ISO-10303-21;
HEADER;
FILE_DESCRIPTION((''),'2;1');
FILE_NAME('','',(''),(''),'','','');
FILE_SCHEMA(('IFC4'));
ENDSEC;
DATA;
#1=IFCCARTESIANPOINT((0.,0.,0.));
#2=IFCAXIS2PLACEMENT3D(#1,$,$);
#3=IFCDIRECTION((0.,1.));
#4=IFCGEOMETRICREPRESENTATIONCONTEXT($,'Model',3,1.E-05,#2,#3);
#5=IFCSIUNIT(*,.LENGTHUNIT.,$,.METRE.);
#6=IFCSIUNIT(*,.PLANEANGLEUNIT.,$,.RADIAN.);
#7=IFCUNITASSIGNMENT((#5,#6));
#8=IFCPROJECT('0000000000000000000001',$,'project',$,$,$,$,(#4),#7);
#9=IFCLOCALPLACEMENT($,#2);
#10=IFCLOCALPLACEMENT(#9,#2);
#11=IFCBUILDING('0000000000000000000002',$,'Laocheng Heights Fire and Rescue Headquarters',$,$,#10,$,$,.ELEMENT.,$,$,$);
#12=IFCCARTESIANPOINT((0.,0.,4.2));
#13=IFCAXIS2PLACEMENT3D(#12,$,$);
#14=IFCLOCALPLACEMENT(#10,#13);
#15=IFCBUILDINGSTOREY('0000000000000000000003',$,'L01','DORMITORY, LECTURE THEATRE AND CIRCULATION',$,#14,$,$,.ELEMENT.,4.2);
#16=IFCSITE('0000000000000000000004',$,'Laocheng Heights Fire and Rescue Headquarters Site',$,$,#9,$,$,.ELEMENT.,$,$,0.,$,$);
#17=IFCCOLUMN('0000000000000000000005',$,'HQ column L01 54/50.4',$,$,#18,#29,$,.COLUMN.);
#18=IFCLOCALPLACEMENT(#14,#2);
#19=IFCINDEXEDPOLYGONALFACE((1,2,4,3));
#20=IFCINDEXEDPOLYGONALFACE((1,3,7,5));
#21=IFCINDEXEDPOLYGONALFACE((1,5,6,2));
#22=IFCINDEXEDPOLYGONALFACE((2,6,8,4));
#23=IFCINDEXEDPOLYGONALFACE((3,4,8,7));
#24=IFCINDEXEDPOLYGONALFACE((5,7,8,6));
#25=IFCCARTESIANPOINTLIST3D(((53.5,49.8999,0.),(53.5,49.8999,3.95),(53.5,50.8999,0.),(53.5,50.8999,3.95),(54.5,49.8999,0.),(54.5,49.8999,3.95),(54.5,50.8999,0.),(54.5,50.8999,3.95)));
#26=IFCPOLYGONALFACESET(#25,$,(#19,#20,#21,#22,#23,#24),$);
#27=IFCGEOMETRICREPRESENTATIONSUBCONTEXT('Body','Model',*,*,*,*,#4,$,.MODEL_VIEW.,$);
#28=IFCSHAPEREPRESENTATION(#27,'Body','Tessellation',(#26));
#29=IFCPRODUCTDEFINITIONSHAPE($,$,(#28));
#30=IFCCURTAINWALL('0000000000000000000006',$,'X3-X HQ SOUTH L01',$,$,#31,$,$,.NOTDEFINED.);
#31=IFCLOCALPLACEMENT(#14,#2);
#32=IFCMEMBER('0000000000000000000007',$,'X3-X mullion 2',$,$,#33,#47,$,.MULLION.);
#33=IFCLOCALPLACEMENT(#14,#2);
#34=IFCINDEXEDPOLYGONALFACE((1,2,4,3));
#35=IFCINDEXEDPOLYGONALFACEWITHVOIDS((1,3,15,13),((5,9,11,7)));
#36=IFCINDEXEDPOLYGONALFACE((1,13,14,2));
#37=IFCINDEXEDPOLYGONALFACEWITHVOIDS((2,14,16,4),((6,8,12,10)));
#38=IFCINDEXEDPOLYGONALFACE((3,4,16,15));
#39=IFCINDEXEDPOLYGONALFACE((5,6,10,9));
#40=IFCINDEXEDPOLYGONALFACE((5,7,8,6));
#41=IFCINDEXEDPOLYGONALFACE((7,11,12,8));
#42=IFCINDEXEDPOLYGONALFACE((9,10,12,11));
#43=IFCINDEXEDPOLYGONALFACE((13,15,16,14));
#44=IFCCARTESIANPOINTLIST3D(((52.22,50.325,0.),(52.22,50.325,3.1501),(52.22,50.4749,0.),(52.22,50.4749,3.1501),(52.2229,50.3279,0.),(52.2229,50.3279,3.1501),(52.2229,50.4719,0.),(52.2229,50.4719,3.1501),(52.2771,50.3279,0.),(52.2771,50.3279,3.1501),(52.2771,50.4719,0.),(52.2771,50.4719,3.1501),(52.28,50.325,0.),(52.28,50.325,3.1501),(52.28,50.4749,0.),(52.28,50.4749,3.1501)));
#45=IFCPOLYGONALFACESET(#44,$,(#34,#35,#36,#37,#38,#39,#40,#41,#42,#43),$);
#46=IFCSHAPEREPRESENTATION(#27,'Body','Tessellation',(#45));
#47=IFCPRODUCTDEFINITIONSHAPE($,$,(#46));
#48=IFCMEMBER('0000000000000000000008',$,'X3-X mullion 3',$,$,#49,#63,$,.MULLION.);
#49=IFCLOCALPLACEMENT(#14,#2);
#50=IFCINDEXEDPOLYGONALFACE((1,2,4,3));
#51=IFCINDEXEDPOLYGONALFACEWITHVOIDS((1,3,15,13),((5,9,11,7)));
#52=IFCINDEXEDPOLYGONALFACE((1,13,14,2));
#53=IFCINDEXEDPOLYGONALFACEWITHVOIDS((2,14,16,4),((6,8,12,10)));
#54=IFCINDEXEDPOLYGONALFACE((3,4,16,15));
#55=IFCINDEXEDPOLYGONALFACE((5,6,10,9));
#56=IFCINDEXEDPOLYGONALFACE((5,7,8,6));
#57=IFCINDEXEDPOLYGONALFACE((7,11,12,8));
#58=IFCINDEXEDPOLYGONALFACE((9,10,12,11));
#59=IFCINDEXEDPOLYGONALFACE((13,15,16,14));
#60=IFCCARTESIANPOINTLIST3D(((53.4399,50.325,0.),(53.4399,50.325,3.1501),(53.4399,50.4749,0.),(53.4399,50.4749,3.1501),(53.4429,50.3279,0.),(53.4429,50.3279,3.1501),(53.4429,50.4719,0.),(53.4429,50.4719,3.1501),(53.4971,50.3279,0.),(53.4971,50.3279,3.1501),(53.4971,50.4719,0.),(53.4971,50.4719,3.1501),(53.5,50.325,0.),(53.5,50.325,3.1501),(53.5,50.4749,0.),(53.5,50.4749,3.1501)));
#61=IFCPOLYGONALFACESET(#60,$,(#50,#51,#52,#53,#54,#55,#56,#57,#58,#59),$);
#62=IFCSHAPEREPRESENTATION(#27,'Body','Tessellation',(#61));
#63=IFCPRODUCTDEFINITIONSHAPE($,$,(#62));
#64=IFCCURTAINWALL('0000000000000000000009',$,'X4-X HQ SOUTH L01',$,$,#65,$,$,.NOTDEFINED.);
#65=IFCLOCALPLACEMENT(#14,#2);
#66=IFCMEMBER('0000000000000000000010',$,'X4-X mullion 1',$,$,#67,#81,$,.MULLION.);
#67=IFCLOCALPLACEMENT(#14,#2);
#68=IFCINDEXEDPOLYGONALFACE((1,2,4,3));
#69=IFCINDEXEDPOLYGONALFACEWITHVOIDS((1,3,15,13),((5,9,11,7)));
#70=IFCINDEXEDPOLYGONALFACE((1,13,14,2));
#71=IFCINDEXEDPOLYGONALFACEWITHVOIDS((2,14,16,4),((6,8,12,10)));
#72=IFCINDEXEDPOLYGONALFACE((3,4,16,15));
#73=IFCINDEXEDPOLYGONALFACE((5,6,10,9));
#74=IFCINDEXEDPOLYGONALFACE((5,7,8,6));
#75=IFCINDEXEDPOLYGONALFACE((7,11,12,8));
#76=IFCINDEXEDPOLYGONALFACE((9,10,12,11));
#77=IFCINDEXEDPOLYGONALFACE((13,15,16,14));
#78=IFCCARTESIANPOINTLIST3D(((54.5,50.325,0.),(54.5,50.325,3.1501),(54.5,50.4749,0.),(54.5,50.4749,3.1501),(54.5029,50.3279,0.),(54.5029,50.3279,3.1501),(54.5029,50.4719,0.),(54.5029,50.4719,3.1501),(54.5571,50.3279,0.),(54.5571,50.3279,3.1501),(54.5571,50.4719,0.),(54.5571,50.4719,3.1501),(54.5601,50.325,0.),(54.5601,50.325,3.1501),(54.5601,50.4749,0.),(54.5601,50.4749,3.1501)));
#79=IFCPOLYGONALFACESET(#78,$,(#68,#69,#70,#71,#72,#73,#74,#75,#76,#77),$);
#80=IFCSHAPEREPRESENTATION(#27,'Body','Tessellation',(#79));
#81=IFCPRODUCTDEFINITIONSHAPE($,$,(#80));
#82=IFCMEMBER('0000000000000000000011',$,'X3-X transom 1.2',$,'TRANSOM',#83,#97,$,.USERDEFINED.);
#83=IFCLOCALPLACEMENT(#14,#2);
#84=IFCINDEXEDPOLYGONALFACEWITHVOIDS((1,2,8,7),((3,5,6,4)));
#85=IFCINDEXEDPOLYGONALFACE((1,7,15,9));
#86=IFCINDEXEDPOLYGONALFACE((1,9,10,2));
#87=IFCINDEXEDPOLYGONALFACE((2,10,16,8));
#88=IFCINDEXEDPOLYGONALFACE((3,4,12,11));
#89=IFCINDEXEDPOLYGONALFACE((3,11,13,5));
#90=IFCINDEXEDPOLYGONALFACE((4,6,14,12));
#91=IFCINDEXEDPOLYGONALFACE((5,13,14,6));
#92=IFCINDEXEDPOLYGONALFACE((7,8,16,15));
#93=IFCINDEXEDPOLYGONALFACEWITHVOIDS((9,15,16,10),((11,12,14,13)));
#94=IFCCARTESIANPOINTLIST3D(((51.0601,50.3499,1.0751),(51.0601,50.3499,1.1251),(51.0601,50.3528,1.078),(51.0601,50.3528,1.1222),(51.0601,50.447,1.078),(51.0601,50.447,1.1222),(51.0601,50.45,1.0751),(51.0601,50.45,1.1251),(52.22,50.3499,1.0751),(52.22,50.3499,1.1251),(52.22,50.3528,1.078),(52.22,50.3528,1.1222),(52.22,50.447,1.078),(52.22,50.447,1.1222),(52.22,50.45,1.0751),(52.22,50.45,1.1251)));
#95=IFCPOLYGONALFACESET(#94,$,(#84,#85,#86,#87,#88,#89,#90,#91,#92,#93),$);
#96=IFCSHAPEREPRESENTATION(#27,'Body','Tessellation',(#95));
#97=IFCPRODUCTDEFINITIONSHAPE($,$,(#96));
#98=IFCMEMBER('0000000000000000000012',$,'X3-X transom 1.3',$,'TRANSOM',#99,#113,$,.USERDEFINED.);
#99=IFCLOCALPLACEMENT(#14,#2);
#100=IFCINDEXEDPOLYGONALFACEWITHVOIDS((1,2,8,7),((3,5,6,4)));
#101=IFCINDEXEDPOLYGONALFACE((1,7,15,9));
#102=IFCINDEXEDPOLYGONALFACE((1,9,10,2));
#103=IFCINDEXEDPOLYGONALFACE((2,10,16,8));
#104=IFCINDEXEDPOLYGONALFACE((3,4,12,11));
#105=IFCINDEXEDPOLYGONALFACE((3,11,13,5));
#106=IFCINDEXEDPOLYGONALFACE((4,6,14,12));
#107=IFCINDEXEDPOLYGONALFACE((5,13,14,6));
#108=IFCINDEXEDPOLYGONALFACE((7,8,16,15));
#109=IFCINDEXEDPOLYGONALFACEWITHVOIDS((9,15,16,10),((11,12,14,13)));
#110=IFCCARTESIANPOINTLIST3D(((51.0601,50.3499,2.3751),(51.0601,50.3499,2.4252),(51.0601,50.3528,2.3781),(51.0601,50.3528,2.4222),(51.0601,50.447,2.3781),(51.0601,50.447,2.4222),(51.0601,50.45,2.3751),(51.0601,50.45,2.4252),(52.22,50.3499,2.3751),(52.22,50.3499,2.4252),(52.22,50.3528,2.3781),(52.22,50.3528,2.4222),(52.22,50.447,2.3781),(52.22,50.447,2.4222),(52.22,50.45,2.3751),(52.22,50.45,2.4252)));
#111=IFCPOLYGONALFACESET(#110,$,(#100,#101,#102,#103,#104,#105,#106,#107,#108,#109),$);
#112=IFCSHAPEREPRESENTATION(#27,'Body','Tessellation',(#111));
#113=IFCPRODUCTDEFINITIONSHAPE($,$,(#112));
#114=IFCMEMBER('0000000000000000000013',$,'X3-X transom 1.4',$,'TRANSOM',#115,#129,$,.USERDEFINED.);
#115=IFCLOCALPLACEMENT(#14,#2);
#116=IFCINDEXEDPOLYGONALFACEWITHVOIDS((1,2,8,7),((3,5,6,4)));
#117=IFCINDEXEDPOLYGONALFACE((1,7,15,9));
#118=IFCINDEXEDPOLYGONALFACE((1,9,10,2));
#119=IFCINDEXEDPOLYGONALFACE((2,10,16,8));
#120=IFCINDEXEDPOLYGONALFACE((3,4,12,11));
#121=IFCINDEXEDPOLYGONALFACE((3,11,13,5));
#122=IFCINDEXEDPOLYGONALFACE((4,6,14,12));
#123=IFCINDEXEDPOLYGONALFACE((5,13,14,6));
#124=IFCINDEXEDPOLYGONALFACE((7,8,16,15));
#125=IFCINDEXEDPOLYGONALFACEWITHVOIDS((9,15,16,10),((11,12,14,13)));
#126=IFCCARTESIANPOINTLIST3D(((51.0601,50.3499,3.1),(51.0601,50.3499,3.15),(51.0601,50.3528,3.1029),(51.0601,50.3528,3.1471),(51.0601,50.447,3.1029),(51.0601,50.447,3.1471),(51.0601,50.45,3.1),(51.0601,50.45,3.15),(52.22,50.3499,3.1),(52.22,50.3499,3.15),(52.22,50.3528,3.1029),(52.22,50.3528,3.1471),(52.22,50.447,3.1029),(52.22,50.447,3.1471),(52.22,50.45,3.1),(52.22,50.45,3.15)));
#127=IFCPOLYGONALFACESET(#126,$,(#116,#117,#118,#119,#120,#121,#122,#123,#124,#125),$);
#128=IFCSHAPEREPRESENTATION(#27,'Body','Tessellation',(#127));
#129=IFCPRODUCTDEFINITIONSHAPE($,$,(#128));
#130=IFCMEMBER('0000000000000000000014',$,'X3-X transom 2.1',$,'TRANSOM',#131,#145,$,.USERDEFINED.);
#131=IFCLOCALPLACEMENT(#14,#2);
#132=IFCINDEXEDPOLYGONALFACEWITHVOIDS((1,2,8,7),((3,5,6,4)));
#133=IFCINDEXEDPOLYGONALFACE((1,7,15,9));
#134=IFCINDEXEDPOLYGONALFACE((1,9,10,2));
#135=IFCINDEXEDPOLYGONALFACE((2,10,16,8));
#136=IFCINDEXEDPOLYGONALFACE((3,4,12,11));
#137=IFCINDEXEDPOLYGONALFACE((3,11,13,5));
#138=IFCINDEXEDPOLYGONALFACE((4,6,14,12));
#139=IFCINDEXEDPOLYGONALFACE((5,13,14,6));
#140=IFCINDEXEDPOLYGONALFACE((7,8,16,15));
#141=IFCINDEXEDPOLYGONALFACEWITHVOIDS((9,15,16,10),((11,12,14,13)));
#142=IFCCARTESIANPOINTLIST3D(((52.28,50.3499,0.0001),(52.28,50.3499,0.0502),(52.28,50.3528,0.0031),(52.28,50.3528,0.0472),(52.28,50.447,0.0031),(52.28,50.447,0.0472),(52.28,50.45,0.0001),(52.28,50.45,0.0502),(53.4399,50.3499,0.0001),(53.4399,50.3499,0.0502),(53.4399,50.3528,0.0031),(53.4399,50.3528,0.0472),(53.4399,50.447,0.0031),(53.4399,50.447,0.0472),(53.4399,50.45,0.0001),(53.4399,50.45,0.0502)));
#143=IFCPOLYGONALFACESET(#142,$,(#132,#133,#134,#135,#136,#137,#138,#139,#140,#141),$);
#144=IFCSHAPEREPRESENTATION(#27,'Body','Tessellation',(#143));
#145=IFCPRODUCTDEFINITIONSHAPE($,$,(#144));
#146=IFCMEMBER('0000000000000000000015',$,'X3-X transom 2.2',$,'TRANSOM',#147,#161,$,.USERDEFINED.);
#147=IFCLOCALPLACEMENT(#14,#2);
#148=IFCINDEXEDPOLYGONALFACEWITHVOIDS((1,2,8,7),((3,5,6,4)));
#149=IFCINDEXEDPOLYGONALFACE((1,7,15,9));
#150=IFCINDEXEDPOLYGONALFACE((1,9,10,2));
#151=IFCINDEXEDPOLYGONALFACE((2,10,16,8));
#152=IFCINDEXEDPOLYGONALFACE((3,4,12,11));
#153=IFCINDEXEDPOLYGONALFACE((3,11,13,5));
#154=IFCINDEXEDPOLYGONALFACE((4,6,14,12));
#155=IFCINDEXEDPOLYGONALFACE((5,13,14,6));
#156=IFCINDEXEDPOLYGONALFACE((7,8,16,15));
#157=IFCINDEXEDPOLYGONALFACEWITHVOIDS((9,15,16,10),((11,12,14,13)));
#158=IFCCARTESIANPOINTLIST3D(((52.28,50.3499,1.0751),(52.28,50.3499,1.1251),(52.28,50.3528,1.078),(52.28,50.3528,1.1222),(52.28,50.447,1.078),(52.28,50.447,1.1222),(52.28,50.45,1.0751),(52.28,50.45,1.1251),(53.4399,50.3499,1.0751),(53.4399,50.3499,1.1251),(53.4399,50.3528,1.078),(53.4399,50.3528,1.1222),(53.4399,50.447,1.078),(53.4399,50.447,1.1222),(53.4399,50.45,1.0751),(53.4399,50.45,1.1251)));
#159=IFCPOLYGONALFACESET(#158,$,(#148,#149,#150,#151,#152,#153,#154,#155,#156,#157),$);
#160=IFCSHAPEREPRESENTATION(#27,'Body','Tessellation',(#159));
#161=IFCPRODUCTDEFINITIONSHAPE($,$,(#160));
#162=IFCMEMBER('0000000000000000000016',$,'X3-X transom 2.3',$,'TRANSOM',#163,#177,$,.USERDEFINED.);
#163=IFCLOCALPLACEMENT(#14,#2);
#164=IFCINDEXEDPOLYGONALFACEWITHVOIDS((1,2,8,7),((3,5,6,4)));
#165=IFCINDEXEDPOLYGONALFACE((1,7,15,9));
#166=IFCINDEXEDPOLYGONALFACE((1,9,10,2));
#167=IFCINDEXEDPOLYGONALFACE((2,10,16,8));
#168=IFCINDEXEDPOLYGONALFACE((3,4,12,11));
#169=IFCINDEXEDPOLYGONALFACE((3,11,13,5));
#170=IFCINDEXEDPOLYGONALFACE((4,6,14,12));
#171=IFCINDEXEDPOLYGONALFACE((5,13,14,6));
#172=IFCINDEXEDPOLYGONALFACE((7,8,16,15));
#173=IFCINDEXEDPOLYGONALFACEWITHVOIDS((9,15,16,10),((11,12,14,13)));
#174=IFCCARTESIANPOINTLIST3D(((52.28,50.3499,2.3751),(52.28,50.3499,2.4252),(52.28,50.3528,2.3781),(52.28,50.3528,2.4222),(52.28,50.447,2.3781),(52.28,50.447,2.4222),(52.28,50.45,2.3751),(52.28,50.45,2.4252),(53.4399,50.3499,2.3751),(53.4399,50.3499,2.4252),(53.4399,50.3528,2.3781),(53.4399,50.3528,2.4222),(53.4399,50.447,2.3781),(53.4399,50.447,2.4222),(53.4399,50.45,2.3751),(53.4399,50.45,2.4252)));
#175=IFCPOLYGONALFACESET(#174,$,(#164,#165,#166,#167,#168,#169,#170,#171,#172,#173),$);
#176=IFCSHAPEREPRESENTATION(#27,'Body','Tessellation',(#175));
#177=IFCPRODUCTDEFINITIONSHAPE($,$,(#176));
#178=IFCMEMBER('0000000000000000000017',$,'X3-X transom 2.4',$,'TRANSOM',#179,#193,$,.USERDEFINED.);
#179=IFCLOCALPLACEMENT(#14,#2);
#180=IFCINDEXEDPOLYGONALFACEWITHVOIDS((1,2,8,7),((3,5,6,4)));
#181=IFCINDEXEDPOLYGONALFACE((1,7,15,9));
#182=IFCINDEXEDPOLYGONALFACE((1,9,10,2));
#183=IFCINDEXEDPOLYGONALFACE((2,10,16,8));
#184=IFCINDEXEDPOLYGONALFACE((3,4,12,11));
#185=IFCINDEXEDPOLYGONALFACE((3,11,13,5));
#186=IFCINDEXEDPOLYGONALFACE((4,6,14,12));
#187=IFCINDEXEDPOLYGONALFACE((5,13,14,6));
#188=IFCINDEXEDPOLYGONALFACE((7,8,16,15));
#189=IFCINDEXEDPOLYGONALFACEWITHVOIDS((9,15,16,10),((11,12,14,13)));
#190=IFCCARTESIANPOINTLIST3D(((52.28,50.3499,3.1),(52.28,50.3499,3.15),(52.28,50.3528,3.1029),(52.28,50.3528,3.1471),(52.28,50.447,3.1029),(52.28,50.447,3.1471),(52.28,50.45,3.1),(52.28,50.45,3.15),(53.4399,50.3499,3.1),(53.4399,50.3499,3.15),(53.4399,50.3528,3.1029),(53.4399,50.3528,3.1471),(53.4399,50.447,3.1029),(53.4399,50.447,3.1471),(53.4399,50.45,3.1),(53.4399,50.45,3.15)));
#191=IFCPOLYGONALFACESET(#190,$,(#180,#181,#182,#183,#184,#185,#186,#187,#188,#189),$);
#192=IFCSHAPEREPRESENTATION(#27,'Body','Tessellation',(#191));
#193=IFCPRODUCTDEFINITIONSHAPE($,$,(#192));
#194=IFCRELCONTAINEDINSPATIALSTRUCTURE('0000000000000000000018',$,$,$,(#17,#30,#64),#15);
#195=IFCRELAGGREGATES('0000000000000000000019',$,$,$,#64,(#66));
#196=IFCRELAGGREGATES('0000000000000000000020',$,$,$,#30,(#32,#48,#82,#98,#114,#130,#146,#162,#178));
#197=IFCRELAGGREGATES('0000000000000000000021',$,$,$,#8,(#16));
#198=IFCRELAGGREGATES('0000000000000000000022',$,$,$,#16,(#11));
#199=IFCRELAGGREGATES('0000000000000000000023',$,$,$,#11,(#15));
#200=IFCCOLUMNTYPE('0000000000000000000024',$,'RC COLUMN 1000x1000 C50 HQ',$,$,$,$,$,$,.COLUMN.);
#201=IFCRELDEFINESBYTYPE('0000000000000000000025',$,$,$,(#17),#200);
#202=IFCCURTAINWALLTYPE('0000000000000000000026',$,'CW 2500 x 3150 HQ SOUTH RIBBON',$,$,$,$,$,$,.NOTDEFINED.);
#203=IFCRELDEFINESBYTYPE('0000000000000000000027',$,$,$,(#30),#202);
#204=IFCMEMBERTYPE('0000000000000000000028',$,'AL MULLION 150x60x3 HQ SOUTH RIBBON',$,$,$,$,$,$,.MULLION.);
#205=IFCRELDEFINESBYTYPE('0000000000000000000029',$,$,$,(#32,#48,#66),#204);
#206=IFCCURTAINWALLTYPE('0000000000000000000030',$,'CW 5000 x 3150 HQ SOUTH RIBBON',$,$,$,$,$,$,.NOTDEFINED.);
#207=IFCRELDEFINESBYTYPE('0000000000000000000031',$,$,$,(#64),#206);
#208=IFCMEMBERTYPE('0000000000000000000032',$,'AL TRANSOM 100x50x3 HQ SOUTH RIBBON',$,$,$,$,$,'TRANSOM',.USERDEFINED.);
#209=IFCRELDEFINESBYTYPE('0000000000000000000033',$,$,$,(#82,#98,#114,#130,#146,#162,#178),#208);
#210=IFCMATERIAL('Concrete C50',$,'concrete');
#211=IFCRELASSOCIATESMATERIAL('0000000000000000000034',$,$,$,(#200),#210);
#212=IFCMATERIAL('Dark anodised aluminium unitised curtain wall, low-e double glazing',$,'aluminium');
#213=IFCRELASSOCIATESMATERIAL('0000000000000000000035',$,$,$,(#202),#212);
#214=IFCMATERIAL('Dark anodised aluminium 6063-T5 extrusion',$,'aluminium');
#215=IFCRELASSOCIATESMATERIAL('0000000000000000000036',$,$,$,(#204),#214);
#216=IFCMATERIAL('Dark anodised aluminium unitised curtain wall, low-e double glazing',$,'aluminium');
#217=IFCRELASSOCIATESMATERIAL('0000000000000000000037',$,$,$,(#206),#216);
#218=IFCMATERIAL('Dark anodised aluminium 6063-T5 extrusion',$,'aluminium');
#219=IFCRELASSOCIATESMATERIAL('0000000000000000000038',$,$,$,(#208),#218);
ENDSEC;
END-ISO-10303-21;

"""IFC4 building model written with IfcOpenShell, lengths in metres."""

from ifc_helpers import new_model, si_unit, direction, frame, origin, origin_2d, place, context, subcontext, project, spatial, rectangle, hollow_rectangle, extrude, material, material_profile, profile_set, type_object, element, aggregate, save


model = new_model("IFC4")

# Units and contexts
model_context = context("Model", 3, precision=1e-05, world=origin(), true_north=direction((0.0, 1.0)))
body_context = subcontext(model_context, "Body", "Model", "MODEL_VIEW")
ifc_project = project(units=[si_unit("LENGTHUNIT", "METRE"), si_unit("PLANEANGLEUNIT", "RADIAN")], contexts=[model_context])

# Site, building, storey
site_placement = place(None, origin())
site = spatial("IfcSite", under=ifc_project, at=site_placement, Name="Laocheng Heights Fire and Rescue Headquarters Site", CompositionType="ELEMENT", RefElevation=0.0)
building_placement = place(site_placement, origin())
building = spatial("IfcBuilding", under=site, at=building_placement, Name="Laocheng Heights Fire and Rescue Headquarters", CompositionType="ELEMENT")
storey_placement = place(building_placement, frame((0.0, 0.0, 4.2)))
storey = spatial("IfcBuildingStorey", under=building, at=storey_placement, Name="L01", Description="DORMITORY, LECTURE THEATRE AND CIRCULATION", CompositionType="ELEMENT", Elevation=4.2)

# Column
ifc_material_1 = material(Name="Concrete C50", Category="concrete")
ifc_material_profile_1 = material_profile(ifc_material_1, rectangle(XDim=1.0, YDim=1.0, at=origin_2d()), Name="RC COLUMN 1000x1000 C50 HQ")
ifc_profile_set_1 = profile_set([ifc_material_profile_1], Name="Concrete C50")
column_type = type_object("IfcColumnType", Name="RC COLUMN 1000x1000 C50 HQ", PredefinedType="COLUMN", material=ifc_profile_set_1)
column_placement = place(storey_placement, frame((54.0, 50.3999, 0.0), z_axis=(0.0, 0.0, 1.0), x_axis=(1.0, 0.0, 0.0)))
element("IfcColumn", 1, at=column_placement, inside=storey, type_object=column_type, Name="HQ column L01 54/50.4", PredefinedType="COLUMN", context=body_context, shape_type="SweptSolid", body=[
    extrude(rectangle(XDim=1.0, YDim=1.0, at=origin_2d()), origin(), (0.0, 0.0, 1.0), 3.95),
])

# Curtain wall, members
ifc_material_2 = material(Name="Dark anodised aluminium unitised curtain wall, low-e double glazing", Category="aluminium")
curtain_wall_type_1 = type_object("IfcCurtainWallType", Name="CW 2500 x 3150 HQ SOUTH RIBBON", PredefinedType="NOTDEFINED", material=ifc_material_2)
curtain_wall_1_placement = place(storey_placement, origin())
curtain_wall_1 = element("IfcCurtainWall", 2, at=curtain_wall_1_placement, inside=storey, type_object=curtain_wall_type_1, Name="X3-X HQ SOUTH L01", PredefinedType="NOTDEFINED")
ifc_material_3 = material(Name="Dark anodised aluminium 6063-T5 extrusion", Category="aluminium")
ifc_material_profile_2 = material_profile(ifc_material_3, hollow_rectangle(XDim=0.1499, YDim=0.0601, WallThickness=0.0029, at=origin_2d()), Name="AL MULLION 150x60x3 HQ SOUTH RIBBON")
ifc_profile_set_2 = profile_set([ifc_material_profile_2], Name="Dark anodised aluminium 6063-T5 extrusion")
member_type_1 = type_object("IfcMemberType", Name="AL MULLION 150x60x3 HQ SOUTH RIBBON", PredefinedType="MULLION", material=ifc_profile_set_2)
member_1_placement = place(storey_placement, frame((52.25, 50.3999, 0.0), z_axis=(0.0, 0.0, 1.0), x_axis=(0.0, 1.0, 0.0)))
member_1 = element("IfcMember", 3, at=member_1_placement, type_object=member_type_1, Name="X3-X mullion 2", PredefinedType="MULLION", context=body_context, shape_type="SweptSolid", body=[
    extrude(hollow_rectangle(XDim=0.1499, YDim=0.0601, WallThickness=0.0029, at=origin_2d()), origin(), (0.0, 0.0, 1.0), 3.1501),
])
member_2_placement = place(storey_placement, frame((53.47, 50.3999, 0.0), z_axis=(0.0, 0.0, 1.0), x_axis=(0.0, 1.0, 0.0)))
member_2 = element("IfcMember", 4, at=member_2_placement, type_object=member_type_1, Name="X3-X mullion 3", PredefinedType="MULLION", context=body_context, shape_type="SweptSolid", body=[
    extrude(hollow_rectangle(XDim=0.1499, YDim=0.0601, WallThickness=0.0029, at=origin_2d()), origin(), (0.0, 0.0, 1.0), 3.1501),
])

# Curtain wall, member
ifc_material_4 = material(Name="Dark anodised aluminium unitised curtain wall, low-e double glazing", Category="aluminium")
curtain_wall_type_2 = type_object("IfcCurtainWallType", Name="CW 5000 x 3150 HQ SOUTH RIBBON", PredefinedType="NOTDEFINED", material=ifc_material_4)
curtain_wall_2_placement = place(storey_placement, origin())
curtain_wall_2 = element("IfcCurtainWall", 5, at=curtain_wall_2_placement, inside=storey, type_object=curtain_wall_type_2, Name="X4-X HQ SOUTH L01", PredefinedType="NOTDEFINED")
member_3_placement = place(storey_placement, frame((54.53, 50.3999, 0.0), z_axis=(0.0, 0.0, 1.0), x_axis=(0.0, 1.0, 0.0)))
member_3 = element("IfcMember", 6, at=member_3_placement, type_object=member_type_1, Name="X4-X mullion 1", PredefinedType="MULLION", context=body_context, shape_type="SweptSolid", body=[
    extrude(hollow_rectangle(XDim=0.1499, YDim=0.0601, WallThickness=0.0029, at=origin_2d()), origin(), (0.0, 0.0, 1.0), 3.1501),
])

# Members
ifc_material_5 = material(Name="Dark anodised aluminium 6063-T5 extrusion", Category="aluminium")
ifc_material_profile_3 = material_profile(ifc_material_5, hollow_rectangle(XDim=0.1001, YDim=0.05, WallThickness=0.0029, at=origin_2d()), Name="AL TRANSOM 100x50x3 HQ SOUTH RIBBON")
ifc_profile_set_3 = profile_set([ifc_material_profile_3], Name="Dark anodised aluminium 6063-T5 extrusion")
member_type_2 = type_object("IfcMemberType", Name="AL TRANSOM 100x50x3 HQ SOUTH RIBBON", ElementType="TRANSOM", PredefinedType="USERDEFINED", material=ifc_profile_set_3)
member_4_placement = place(storey_placement, frame((51.0601, 50.3999, 1.1001), z_axis=(1.0, 0.0, 0.0), x_axis=(0.0, 1.0, 0.0)))
member_4 = element("IfcMember", 7, at=member_4_placement, type_object=member_type_2, Name="X3-X transom 1.2", ObjectType="TRANSOM", PredefinedType="USERDEFINED", context=body_context, shape_type="SweptSolid", body=[
    extrude(hollow_rectangle(XDim=0.1001, YDim=0.05, WallThickness=0.0029, at=origin_2d()), origin(), (0.0, 0.0, 1.0), 1.1599),
])
member_5_placement = place(storey_placement, frame((51.0601, 50.3999, 2.4001), z_axis=(1.0, 0.0, 0.0), x_axis=(0.0, 1.0, 0.0)))
member_5 = element("IfcMember", 8, at=member_5_placement, type_object=member_type_2, Name="X3-X transom 1.3", ObjectType="TRANSOM", PredefinedType="USERDEFINED", context=body_context, shape_type="SweptSolid", body=[
    extrude(hollow_rectangle(XDim=0.1001, YDim=0.05, WallThickness=0.0029, at=origin_2d()), origin(), (0.0, 0.0, 1.0), 1.1599),
])
member_6_placement = place(storey_placement, frame((51.0601, 50.3999, 3.125), z_axis=(1.0, 0.0, 0.0), x_axis=(0.0, 1.0, 0.0)))
member_6 = element("IfcMember", 9, at=member_6_placement, type_object=member_type_2, Name="X3-X transom 1.4", ObjectType="TRANSOM", PredefinedType="USERDEFINED", context=body_context, shape_type="SweptSolid", body=[
    extrude(hollow_rectangle(XDim=0.1001, YDim=0.05, WallThickness=0.0029, at=origin_2d()), origin(), (0.0, 0.0, 1.0), 1.1599),
])
member_7_placement = place(storey_placement, frame((52.28, 50.3999, 0.0251), z_axis=(1.0, 0.0, 0.0), x_axis=(0.0, 1.0, 0.0)))
member_7 = element("IfcMember", 10, at=member_7_placement, type_object=member_type_2, Name="X3-X transom 2.1", ObjectType="TRANSOM", PredefinedType="USERDEFINED", context=body_context, shape_type="SweptSolid", body=[
    extrude(hollow_rectangle(XDim=0.1001, YDim=0.05, WallThickness=0.0029, at=origin_2d()), origin(), (0.0, 0.0, 1.0), 1.1599),
])
member_8_placement = place(storey_placement, frame((52.28, 50.3999, 1.1001), z_axis=(1.0, 0.0, 0.0), x_axis=(0.0, 1.0, 0.0)))
member_8 = element("IfcMember", 11, at=member_8_placement, type_object=member_type_2, Name="X3-X transom 2.2", ObjectType="TRANSOM", PredefinedType="USERDEFINED", context=body_context, shape_type="SweptSolid", body=[
    extrude(hollow_rectangle(XDim=0.1001, YDim=0.05, WallThickness=0.0029, at=origin_2d()), origin(), (0.0, 0.0, 1.0), 1.1599),
])
member_9_placement = place(storey_placement, frame((52.28, 50.3999, 2.4001), z_axis=(1.0, 0.0, 0.0), x_axis=(0.0, 1.0, 0.0)))
member_9 = element("IfcMember", 12, at=member_9_placement, type_object=member_type_2, Name="X3-X transom 2.3", ObjectType="TRANSOM", PredefinedType="USERDEFINED", context=body_context, shape_type="SweptSolid", body=[
    extrude(hollow_rectangle(XDim=0.1001, YDim=0.05, WallThickness=0.0029, at=origin_2d()), origin(), (0.0, 0.0, 1.0), 1.1599),
])
member_10_placement = place(storey_placement, frame((52.28, 50.3999, 3.125), z_axis=(1.0, 0.0, 0.0), x_axis=(0.0, 1.0, 0.0)))
member_10 = element("IfcMember", 13, at=member_10_placement, type_object=member_type_2, Name="X3-X transom 2.4", ObjectType="TRANSOM", PredefinedType="USERDEFINED", context=body_context, shape_type="SweptSolid", body=[
    extrude(hollow_rectangle(XDim=0.1001, YDim=0.05, WallThickness=0.0029, at=origin_2d()), origin(), (0.0, 0.0, 1.0), 1.1599),
])
aggregate(curtain_wall_2, [member_3])

aggregate(curtain_wall_1, [member_1, member_2, member_4, member_5, member_6, member_7, member_8, member_9, member_10])

save(model, "model.ifc")
